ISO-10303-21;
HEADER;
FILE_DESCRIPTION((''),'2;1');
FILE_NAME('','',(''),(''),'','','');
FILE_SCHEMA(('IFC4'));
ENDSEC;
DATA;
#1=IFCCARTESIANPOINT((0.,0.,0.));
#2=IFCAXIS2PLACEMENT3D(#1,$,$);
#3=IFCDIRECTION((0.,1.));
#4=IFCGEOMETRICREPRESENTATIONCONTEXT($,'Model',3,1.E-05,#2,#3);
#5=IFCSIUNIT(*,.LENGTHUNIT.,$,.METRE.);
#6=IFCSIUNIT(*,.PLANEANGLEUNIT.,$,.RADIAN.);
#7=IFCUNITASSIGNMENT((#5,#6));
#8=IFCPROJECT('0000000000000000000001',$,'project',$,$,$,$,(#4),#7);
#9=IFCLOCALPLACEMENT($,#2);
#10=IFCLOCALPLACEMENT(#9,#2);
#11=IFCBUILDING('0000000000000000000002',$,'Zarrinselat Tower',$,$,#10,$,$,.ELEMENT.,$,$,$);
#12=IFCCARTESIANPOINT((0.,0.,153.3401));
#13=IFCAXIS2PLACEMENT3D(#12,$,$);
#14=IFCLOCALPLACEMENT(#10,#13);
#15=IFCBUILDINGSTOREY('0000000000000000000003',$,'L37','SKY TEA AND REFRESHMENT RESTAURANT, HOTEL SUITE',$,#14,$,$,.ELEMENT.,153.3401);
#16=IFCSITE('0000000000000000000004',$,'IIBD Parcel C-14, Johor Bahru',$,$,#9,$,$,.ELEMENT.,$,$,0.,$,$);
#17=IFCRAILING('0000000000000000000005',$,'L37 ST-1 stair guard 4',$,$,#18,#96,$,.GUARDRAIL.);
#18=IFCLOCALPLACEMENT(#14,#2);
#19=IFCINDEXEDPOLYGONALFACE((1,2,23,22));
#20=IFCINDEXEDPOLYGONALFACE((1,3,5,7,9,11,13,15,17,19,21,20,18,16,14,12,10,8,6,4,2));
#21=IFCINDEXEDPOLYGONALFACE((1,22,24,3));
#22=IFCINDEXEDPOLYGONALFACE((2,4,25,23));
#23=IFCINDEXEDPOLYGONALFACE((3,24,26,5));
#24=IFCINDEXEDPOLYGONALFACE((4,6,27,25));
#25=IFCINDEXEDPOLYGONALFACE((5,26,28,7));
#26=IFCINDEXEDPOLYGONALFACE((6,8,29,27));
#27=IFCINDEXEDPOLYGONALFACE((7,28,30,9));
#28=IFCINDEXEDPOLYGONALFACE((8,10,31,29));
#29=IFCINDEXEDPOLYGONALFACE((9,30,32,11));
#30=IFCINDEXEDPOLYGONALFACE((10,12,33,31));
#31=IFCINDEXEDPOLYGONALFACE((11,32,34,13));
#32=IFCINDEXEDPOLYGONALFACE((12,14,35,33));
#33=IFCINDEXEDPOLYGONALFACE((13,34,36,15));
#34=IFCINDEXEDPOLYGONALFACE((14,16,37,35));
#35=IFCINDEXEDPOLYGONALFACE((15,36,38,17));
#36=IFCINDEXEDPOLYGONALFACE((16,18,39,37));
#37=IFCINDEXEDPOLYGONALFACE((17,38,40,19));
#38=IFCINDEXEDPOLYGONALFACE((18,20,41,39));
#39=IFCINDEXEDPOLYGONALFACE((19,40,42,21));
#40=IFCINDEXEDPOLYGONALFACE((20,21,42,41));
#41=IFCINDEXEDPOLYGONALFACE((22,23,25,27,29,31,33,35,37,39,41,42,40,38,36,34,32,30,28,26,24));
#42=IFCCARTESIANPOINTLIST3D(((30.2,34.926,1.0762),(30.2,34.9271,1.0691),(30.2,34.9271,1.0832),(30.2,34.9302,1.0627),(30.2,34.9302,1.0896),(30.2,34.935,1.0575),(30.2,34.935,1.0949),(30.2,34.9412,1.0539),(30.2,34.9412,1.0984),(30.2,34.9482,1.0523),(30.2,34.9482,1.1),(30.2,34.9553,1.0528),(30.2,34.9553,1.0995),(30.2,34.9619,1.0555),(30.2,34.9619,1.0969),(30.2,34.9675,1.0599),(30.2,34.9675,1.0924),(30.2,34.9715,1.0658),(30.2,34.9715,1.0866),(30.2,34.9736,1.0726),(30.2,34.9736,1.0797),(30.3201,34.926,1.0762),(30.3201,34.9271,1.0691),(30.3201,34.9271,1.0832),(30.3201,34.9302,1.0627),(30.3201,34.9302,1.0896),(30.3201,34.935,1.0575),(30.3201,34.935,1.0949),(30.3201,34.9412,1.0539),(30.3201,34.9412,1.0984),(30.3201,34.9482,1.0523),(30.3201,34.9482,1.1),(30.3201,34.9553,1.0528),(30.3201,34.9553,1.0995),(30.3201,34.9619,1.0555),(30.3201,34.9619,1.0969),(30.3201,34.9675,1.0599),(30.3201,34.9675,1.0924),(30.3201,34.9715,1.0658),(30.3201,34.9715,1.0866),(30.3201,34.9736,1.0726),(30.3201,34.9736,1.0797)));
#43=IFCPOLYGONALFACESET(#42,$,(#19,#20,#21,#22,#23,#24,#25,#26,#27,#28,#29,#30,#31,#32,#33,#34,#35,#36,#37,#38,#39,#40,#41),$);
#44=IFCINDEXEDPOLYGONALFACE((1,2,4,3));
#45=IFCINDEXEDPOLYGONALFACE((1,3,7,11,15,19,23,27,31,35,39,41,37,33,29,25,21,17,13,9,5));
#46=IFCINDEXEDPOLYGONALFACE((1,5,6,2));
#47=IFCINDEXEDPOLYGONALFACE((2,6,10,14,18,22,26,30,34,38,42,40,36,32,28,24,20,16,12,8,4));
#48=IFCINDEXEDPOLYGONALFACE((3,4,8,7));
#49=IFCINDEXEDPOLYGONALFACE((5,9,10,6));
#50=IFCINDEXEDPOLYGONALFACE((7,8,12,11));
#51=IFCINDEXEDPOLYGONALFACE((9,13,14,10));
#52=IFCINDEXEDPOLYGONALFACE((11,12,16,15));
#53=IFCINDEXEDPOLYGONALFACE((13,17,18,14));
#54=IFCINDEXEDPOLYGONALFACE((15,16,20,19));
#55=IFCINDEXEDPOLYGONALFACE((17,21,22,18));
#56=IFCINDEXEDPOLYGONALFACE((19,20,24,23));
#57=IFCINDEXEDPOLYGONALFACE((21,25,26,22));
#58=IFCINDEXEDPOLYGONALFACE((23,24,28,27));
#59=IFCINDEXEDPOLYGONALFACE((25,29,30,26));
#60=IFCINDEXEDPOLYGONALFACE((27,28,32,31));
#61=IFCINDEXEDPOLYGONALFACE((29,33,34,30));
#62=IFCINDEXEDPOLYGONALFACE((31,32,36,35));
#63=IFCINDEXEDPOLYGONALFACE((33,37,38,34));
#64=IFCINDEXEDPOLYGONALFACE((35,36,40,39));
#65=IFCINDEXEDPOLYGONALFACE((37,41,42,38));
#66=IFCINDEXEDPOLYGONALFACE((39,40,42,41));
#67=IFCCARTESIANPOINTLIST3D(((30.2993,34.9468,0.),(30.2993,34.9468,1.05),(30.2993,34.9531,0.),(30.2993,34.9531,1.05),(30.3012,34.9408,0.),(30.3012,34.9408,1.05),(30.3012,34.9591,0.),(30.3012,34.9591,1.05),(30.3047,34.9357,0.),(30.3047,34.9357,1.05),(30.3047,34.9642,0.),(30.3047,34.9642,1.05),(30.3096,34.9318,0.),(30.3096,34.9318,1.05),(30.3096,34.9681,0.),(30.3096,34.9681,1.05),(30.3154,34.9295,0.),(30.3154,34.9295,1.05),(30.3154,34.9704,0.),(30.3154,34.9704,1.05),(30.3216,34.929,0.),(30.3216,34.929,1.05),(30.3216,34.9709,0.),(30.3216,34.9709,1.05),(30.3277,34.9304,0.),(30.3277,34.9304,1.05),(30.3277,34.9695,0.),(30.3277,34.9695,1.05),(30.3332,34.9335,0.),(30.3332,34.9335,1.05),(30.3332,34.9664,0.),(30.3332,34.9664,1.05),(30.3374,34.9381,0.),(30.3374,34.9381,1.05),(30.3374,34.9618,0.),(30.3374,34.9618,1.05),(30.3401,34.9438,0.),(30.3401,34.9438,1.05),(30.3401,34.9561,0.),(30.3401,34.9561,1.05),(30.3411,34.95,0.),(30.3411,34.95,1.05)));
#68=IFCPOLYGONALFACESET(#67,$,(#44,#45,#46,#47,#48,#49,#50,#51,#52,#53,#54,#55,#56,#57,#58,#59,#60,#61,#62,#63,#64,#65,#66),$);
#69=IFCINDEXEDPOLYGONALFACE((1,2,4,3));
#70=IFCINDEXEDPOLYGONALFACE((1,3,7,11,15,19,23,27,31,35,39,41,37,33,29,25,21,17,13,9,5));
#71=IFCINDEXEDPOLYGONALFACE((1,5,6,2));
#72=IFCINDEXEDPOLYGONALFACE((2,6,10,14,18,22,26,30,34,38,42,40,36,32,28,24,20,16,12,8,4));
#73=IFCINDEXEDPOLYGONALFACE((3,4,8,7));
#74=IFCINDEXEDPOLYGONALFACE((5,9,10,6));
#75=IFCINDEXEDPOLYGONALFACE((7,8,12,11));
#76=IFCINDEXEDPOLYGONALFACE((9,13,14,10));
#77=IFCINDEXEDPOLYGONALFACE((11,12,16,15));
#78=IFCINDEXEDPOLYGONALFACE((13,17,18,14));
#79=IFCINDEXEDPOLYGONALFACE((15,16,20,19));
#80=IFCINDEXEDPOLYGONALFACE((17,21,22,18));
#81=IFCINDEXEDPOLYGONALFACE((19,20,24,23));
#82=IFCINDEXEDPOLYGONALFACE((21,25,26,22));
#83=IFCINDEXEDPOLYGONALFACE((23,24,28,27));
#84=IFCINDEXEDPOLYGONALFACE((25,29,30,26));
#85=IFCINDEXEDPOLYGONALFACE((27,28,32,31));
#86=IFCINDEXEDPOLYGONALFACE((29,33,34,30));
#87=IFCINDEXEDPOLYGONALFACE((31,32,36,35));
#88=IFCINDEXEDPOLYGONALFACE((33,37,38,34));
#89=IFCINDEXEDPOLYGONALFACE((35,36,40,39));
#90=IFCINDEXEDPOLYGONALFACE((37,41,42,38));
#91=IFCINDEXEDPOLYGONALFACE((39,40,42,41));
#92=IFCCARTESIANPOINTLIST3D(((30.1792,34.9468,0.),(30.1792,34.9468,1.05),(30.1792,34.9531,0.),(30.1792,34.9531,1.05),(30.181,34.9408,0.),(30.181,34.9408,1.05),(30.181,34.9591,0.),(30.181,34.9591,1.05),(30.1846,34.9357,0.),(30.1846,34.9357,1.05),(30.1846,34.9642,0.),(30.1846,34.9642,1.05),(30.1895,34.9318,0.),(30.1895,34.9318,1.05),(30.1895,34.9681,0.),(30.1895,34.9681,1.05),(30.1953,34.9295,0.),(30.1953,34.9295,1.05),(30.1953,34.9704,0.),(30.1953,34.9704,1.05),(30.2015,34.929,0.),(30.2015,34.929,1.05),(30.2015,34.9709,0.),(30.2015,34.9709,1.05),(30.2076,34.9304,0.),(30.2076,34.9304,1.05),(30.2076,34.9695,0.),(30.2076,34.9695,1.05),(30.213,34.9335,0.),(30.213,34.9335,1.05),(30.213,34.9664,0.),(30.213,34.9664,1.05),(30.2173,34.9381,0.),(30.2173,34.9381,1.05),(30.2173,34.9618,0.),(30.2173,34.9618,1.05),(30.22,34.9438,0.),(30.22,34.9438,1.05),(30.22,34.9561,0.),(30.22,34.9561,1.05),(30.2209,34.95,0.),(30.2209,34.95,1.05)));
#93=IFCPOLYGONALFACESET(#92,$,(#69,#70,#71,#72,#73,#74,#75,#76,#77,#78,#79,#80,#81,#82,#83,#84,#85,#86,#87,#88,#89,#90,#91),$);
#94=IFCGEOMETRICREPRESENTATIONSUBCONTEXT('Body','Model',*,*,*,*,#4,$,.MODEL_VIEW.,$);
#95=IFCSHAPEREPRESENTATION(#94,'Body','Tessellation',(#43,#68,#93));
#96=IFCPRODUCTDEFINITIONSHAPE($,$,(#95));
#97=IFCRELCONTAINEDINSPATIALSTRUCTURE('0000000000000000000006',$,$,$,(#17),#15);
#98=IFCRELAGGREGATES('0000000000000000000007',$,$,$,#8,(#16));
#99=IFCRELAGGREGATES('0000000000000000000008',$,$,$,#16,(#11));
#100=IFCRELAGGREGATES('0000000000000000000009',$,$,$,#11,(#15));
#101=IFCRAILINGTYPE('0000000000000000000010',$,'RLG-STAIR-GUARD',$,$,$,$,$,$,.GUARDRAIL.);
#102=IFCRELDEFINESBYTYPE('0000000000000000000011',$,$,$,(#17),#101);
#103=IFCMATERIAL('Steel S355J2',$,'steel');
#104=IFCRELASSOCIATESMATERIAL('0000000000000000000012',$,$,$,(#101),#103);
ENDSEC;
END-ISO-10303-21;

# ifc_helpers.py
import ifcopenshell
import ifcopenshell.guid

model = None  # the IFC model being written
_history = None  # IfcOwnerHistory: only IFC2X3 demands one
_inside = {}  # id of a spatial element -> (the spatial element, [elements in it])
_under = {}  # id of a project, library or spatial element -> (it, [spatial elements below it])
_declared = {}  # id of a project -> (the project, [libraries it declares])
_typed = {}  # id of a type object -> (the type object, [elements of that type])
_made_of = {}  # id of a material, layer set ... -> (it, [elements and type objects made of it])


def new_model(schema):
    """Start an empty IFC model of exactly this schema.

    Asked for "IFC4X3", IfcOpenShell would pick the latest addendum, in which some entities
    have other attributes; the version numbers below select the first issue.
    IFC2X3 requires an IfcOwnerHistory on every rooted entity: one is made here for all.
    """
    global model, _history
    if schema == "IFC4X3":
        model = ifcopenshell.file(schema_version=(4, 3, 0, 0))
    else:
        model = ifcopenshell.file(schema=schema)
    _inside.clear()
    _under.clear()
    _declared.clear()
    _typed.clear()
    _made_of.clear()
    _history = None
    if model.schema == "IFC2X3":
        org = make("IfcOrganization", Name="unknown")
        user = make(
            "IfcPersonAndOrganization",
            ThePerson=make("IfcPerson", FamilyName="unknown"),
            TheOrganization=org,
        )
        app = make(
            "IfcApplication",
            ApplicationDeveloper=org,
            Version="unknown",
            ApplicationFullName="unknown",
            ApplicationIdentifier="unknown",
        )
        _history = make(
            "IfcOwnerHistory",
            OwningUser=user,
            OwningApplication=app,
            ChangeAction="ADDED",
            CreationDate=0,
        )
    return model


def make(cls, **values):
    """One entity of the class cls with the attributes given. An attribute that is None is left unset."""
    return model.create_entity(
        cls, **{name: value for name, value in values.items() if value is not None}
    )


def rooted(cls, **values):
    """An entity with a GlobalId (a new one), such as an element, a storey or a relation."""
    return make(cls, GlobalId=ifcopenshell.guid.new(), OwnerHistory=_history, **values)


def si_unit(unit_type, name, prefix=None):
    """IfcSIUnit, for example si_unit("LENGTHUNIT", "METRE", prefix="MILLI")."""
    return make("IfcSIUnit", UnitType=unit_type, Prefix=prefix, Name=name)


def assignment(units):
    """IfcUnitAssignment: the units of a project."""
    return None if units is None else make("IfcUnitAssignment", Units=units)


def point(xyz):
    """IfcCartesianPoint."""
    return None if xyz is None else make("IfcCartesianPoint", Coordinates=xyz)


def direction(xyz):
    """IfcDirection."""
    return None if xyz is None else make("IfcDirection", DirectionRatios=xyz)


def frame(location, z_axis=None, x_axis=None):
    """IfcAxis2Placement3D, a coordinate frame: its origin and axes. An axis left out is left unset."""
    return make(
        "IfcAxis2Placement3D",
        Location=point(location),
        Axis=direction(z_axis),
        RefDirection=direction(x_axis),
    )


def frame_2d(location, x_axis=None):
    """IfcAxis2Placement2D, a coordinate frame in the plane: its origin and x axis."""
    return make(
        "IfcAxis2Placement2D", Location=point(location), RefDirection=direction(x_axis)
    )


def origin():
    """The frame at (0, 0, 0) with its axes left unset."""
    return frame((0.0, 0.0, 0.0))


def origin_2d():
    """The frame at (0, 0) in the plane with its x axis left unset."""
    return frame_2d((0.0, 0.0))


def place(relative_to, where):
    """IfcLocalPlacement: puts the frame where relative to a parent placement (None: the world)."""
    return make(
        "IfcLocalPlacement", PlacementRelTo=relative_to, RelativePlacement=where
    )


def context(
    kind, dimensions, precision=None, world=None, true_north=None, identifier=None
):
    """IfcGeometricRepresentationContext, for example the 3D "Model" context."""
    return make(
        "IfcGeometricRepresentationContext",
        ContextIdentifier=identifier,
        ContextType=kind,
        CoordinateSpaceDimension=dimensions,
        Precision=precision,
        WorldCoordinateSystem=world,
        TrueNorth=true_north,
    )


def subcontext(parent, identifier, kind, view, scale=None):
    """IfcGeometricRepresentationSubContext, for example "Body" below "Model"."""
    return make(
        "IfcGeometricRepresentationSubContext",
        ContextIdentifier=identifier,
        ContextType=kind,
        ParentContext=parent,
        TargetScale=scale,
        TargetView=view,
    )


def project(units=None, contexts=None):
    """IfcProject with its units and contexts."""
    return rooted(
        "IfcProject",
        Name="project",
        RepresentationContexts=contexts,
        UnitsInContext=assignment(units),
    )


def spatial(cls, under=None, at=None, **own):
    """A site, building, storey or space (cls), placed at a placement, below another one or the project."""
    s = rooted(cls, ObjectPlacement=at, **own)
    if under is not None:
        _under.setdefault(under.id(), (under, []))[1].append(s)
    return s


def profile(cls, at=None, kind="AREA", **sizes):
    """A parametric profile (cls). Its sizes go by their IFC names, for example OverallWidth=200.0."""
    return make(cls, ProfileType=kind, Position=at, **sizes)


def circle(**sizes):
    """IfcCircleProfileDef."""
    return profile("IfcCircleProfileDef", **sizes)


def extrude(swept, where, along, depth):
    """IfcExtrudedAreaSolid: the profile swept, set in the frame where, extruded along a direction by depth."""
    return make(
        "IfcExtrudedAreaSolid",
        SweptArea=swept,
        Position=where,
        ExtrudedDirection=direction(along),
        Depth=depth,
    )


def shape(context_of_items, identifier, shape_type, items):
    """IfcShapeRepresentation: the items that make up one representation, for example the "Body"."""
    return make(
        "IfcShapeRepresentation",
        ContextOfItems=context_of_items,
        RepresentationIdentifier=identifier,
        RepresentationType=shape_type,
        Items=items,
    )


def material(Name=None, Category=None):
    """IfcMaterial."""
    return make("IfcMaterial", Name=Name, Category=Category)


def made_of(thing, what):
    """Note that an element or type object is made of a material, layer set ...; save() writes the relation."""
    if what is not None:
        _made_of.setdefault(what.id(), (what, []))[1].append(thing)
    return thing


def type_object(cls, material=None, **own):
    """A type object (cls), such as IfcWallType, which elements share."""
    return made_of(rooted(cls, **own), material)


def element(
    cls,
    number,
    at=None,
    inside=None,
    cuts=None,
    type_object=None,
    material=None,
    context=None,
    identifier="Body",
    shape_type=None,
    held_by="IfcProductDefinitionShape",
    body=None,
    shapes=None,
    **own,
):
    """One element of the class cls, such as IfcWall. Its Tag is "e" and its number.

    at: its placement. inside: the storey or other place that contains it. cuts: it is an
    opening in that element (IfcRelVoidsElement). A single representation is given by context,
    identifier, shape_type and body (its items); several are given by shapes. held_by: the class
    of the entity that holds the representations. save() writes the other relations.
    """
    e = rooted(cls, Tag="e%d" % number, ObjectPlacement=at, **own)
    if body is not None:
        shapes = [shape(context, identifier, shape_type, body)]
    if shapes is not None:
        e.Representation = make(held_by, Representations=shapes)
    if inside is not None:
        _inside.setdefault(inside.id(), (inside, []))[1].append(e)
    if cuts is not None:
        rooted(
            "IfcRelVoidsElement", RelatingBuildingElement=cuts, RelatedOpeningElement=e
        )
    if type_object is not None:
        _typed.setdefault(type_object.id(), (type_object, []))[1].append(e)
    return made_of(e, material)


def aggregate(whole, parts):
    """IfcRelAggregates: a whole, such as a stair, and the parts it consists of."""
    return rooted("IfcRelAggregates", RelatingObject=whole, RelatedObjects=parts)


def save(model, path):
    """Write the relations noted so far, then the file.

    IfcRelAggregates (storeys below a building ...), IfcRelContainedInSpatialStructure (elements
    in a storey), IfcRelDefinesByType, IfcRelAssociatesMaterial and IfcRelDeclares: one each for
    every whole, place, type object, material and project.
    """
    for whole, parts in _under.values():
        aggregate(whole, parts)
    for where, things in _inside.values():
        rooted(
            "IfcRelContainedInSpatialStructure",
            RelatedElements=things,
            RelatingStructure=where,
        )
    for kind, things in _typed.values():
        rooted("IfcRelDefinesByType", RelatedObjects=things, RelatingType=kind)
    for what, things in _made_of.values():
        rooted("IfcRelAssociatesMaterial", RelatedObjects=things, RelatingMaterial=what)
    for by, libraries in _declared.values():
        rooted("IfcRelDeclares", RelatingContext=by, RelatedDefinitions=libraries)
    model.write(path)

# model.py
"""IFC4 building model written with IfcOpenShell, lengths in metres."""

from ifc_helpers import new_model, si_unit, direction, frame, origin, origin_2d, place, context, subcontext, project, spatial, circle, extrude, material, type_object, element, save


model = new_model("IFC4")

# Units and contexts
model_context = context("Model", 3, precision=1e-05, world=origin(), true_north=direction((0.0, 1.0)))
body_context = subcontext(model_context, "Body", "Model", "MODEL_VIEW")
ifc_project = project(units=[si_unit("LENGTHUNIT", "METRE"), si_unit("PLANEANGLEUNIT", "RADIAN")], contexts=[model_context])

# Site, building, storey
site_placement = place(None, origin())
site = spatial("IfcSite", under=ifc_project, at=site_placement, Name="IIBD Parcel C-14, Johor Bahru", CompositionType="ELEMENT", RefElevation=0.0)
building_placement = place(site_placement, origin())
building = spatial("IfcBuilding", under=site, at=building_placement, Name="Zarrinselat Tower", CompositionType="ELEMENT")
storey_placement = place(building_placement, frame((0.0, 0.0, 153.3401)))
storey = spatial("IfcBuildingStorey", under=building, at=storey_placement, Name="L37", Description="SKY TEA AND REFRESHMENT RESTAURANT, HOTEL SUITE", CompositionType="ELEMENT", Elevation=153.3401)

# Railing
ifc_material_1 = material(Name="Steel S355J2", Category="steel")
railing_type_1 = type_object("IfcRailingType", Name="RLG-STAIR-GUARD", PredefinedType="GUARDRAIL", material=ifc_material_1)
railing_1_placement = place(storey_placement, frame((30.3201, 34.95, 0.0)))
element("IfcRailing", 1, at=railing_1_placement, inside=storey, type_object=railing_type_1, Name="L37 ST-1 stair guard 4", PredefinedType="GUARDRAIL", context=body_context, shape_type="SweptSolid", body=[
    extrude(circle(Radius=0.0239, at=origin_2d()), frame((0.0, 0.0, 1.0762), z_axis=(-1.0, 0.0, 0.0), x_axis=(0.0, -1.0, 0.0)), (0.0, 0.0, 1.0), 0.1201),
    extrude(circle(Radius=0.021, at=origin_2d()), origin(), (0.0, 0.0, 1.0), 1.05),
    extrude(circle(Radius=0.021, at=origin_2d()), frame((-0.1201, 0.0, 0.0)), (0.0, 0.0, 1.0), 1.05),
])

save(model, "model.ifc")
